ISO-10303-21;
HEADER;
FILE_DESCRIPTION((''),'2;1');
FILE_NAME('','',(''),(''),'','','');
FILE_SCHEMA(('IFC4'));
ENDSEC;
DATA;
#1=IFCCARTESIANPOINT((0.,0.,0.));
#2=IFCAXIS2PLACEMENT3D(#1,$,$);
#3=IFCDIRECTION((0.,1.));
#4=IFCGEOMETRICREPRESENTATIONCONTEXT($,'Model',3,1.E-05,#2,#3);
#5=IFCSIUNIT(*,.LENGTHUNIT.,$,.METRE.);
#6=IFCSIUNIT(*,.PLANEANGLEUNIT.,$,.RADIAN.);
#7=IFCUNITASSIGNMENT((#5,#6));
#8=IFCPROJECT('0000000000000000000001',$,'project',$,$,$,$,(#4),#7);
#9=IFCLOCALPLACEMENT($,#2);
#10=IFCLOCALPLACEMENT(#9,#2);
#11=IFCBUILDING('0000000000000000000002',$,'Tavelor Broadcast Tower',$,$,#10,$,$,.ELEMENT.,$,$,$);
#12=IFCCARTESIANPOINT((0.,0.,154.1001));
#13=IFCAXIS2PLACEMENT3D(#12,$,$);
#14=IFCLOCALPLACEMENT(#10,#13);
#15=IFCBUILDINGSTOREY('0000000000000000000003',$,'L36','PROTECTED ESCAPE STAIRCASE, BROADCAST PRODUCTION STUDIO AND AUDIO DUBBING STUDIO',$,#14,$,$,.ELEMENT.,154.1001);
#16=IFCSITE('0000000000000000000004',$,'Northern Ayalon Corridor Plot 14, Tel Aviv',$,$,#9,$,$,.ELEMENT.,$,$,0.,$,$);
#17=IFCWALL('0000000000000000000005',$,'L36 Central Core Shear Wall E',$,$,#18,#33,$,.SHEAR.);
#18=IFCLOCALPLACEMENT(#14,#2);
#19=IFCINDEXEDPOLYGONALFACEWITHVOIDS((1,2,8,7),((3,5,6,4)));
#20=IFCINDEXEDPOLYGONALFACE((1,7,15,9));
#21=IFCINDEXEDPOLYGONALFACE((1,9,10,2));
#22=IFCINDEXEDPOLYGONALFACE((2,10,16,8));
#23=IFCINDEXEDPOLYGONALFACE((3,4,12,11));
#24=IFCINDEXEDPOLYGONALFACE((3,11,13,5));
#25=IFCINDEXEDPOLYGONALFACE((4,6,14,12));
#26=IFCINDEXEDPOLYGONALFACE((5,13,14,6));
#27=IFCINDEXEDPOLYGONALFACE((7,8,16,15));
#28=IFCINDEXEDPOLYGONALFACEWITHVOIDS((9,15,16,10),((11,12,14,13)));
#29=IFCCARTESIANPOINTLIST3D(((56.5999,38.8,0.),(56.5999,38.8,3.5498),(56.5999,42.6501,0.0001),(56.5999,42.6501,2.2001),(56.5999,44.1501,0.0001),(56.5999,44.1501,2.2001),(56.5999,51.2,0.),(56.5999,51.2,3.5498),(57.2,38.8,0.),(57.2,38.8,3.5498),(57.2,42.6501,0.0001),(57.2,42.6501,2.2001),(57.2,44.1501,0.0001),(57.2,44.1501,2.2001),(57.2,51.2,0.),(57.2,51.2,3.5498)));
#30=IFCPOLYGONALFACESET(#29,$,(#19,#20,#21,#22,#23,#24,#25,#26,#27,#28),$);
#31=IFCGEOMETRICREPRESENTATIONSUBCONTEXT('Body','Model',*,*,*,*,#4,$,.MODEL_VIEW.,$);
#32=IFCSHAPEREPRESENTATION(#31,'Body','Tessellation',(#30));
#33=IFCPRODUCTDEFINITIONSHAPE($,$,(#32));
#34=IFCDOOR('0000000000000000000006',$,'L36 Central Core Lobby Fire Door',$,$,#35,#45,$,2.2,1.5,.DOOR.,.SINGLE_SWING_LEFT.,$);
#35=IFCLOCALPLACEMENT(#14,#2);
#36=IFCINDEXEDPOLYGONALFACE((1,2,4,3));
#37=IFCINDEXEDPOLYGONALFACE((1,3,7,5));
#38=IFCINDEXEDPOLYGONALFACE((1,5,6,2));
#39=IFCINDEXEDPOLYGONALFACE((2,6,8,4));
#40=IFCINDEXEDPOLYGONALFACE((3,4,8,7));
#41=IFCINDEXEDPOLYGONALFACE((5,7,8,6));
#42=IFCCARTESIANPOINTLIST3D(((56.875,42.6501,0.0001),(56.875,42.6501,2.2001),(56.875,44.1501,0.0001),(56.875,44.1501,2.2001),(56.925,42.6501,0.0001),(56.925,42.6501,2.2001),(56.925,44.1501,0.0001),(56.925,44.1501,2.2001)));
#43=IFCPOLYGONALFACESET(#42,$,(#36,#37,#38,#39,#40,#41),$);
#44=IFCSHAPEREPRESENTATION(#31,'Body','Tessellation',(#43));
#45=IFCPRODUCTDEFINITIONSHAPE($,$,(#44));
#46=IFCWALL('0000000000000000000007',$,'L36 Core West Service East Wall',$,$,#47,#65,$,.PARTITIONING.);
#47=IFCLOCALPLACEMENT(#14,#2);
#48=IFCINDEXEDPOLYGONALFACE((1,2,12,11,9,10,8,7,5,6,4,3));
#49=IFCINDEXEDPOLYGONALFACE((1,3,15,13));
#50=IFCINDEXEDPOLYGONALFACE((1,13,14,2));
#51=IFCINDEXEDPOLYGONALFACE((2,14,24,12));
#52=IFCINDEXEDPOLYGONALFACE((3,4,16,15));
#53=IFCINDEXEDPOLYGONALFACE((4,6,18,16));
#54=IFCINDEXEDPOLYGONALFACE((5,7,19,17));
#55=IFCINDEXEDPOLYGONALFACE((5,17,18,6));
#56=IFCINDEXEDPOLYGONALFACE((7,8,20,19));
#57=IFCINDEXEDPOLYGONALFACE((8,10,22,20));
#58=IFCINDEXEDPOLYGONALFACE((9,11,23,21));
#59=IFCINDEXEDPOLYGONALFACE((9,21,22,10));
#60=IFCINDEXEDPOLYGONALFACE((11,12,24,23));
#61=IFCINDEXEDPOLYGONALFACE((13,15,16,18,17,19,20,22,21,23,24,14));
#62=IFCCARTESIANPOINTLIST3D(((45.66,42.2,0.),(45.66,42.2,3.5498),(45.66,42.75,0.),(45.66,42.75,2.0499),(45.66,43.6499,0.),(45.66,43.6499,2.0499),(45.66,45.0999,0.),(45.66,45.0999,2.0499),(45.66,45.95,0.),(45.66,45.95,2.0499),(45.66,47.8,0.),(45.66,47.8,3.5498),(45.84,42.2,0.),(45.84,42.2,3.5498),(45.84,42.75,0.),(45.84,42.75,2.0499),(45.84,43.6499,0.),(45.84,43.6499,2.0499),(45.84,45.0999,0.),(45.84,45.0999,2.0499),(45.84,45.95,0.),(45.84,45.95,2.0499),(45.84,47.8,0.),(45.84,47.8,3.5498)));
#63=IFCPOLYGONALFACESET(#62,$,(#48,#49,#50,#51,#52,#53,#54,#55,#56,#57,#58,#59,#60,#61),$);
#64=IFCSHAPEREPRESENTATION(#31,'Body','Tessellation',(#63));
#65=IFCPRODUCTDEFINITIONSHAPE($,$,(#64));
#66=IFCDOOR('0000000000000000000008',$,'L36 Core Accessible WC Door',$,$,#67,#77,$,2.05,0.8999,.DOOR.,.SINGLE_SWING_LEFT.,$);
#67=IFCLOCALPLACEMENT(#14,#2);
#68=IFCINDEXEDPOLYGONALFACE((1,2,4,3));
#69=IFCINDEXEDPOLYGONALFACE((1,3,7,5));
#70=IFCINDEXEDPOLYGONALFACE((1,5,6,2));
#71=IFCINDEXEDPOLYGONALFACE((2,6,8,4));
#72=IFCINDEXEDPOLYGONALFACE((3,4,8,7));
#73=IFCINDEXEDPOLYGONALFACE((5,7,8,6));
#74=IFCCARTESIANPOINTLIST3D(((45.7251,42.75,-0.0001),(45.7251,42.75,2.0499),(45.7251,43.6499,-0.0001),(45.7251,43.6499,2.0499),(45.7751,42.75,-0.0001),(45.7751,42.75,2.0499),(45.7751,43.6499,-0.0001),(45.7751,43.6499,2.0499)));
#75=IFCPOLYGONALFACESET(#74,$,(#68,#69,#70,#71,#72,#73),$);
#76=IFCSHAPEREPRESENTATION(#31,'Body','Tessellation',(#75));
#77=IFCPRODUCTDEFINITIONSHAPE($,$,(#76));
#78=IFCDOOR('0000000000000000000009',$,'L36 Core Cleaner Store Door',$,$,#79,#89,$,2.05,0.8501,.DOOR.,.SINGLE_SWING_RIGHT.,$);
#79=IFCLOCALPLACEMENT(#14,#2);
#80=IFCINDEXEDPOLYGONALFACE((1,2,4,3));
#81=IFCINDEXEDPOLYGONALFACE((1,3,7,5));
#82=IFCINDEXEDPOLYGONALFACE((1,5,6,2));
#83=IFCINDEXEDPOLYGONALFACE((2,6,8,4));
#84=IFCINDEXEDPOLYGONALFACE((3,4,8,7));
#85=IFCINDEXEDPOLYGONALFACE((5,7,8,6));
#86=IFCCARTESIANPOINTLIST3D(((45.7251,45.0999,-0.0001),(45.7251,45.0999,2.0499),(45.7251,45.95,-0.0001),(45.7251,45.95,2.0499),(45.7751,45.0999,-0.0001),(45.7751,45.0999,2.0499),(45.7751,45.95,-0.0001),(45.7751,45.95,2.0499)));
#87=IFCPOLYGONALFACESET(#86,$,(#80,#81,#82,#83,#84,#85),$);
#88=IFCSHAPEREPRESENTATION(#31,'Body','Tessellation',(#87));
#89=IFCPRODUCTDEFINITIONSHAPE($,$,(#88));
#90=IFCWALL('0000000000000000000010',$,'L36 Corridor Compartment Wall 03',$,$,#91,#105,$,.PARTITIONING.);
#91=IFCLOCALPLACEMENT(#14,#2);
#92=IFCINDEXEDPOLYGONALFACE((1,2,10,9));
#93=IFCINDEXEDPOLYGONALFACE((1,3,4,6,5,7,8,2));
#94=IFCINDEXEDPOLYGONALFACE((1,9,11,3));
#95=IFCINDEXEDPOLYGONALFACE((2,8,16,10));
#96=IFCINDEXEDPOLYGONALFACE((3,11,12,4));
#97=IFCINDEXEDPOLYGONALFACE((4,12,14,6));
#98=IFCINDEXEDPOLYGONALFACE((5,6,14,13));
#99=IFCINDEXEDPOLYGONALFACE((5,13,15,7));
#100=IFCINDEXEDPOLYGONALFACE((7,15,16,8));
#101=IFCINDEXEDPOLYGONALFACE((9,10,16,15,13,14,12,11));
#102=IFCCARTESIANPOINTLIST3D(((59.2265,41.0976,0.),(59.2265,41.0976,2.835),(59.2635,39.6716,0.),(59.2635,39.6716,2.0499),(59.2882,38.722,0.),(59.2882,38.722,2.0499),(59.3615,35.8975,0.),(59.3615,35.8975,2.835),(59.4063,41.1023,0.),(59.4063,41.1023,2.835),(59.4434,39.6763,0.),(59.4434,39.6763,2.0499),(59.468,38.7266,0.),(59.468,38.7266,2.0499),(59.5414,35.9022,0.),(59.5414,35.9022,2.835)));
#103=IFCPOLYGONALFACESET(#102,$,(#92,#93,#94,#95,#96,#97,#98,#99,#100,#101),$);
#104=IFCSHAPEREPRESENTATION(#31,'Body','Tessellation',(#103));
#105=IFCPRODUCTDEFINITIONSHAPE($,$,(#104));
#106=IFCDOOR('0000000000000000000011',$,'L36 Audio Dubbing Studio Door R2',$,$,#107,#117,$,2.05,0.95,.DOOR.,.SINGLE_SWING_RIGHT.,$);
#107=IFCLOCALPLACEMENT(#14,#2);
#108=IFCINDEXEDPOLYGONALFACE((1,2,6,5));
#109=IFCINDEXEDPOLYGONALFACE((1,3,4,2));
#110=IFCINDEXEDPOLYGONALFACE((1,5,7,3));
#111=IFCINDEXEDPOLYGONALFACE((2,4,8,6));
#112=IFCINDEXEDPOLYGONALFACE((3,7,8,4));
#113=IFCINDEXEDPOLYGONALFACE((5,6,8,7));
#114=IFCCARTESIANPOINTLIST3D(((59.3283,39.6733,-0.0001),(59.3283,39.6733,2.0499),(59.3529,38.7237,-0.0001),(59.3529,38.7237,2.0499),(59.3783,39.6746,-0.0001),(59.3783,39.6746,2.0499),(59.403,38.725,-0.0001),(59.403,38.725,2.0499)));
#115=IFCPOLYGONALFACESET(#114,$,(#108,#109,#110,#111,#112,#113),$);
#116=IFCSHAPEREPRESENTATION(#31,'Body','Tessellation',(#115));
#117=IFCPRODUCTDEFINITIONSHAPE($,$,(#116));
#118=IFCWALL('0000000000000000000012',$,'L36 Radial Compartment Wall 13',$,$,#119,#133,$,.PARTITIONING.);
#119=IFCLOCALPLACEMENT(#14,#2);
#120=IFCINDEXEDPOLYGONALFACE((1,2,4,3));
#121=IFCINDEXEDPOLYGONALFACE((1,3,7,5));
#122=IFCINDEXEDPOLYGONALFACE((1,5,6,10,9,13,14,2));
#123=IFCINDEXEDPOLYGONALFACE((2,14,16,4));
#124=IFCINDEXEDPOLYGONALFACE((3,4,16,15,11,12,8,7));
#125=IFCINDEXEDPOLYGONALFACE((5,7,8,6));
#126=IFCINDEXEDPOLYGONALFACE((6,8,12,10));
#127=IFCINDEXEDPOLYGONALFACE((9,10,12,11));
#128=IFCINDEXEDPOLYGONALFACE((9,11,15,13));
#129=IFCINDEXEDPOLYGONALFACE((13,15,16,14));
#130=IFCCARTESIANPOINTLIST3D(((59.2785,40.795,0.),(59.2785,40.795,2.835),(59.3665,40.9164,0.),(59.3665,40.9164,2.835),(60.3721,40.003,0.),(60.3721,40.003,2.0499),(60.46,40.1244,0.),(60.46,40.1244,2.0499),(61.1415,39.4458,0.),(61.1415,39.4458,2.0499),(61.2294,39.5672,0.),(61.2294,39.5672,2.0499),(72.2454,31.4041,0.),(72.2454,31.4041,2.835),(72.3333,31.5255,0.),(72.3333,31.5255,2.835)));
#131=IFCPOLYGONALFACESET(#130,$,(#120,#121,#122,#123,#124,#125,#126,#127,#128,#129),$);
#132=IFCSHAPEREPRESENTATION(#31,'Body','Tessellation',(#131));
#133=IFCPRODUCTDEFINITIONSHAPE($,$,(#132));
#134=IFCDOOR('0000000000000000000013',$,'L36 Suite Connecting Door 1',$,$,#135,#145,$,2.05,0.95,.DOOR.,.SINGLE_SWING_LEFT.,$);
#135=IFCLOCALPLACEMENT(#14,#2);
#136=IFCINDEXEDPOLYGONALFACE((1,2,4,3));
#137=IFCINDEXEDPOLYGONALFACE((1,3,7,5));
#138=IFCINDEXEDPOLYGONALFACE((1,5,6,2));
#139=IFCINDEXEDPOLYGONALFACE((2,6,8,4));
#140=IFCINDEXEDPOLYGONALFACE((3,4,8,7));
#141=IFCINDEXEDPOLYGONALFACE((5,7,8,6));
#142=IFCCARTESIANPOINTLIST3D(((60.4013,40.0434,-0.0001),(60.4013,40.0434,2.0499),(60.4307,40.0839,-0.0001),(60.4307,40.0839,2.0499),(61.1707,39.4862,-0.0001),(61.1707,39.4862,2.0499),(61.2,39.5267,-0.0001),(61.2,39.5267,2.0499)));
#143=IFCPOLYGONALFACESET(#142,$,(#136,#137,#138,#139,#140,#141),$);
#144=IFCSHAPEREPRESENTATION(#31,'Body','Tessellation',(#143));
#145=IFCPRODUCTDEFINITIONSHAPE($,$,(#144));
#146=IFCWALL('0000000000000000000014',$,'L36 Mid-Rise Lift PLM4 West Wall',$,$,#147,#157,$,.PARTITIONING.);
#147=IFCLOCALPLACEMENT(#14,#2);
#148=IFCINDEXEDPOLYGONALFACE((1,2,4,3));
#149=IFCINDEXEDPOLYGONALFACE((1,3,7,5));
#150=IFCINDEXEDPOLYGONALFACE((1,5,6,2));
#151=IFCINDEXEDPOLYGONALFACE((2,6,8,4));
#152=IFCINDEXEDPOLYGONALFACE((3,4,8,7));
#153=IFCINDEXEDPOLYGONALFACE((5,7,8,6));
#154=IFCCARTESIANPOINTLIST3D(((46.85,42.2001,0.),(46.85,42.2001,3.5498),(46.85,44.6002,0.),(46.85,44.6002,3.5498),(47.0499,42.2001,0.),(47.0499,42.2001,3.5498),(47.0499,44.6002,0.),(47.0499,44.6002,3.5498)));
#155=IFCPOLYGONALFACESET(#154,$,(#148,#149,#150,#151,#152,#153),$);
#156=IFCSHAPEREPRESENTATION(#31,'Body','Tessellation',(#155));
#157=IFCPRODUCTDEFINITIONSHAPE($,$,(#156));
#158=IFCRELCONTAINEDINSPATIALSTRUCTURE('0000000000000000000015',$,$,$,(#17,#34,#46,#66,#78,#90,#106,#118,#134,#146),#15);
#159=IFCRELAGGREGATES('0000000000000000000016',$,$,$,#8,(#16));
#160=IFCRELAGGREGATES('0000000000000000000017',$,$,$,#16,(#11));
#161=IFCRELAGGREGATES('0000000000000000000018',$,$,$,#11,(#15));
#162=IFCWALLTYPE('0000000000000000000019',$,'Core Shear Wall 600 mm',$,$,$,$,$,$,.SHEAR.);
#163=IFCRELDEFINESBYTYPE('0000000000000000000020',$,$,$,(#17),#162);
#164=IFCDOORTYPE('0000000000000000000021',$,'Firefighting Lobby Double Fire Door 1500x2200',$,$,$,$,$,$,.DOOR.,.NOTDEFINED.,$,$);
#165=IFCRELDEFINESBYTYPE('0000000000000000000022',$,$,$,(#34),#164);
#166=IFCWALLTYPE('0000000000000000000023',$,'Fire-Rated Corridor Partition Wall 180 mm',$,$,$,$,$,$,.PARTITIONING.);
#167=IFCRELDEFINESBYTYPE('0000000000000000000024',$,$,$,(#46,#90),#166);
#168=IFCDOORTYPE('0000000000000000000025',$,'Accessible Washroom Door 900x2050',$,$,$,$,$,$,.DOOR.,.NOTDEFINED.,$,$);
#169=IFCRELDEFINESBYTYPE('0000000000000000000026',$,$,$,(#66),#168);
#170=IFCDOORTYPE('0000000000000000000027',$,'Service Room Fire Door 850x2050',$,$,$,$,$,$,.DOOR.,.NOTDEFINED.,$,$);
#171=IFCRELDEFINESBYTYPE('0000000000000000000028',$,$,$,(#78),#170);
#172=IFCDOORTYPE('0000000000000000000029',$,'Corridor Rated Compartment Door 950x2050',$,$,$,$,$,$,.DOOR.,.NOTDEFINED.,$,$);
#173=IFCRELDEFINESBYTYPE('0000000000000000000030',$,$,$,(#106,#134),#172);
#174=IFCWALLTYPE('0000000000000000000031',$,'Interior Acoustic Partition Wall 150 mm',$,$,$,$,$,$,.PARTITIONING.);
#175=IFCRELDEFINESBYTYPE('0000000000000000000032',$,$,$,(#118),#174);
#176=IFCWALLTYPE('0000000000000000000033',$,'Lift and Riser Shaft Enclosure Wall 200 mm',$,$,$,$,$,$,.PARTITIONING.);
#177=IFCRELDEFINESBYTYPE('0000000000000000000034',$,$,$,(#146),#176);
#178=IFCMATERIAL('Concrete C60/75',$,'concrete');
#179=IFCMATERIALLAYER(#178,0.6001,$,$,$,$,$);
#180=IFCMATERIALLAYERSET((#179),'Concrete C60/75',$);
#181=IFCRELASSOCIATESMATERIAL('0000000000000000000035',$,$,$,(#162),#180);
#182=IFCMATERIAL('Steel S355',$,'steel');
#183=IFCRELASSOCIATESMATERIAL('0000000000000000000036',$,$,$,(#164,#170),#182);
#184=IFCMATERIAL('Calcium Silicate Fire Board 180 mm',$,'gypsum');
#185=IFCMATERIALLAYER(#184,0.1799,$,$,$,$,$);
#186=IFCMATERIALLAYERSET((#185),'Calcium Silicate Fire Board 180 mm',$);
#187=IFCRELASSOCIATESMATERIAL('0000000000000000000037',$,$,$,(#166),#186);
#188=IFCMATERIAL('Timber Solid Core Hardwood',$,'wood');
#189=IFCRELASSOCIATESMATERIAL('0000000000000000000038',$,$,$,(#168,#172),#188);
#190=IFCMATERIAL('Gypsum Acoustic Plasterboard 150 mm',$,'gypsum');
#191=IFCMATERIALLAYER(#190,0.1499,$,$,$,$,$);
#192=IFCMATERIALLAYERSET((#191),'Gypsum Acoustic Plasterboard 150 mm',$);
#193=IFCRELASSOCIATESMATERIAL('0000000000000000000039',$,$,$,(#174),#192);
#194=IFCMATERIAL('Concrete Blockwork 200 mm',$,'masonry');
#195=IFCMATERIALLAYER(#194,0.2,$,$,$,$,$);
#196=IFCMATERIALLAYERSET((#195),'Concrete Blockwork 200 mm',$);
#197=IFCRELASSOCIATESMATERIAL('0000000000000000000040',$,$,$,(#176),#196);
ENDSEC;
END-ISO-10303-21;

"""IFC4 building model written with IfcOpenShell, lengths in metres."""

from ifc_helpers import new_model, si_unit, direction, frame, frame_2d, origin, place, context, subcontext, project, spatial, rectangle, extrude, material, layer, layer_set, type_object, element, fill, save


model = new_model("IFC4")

# Units and contexts
model_context = context("Model", 3, precision=1e-05, world=origin(), true_north=direction((0.0, 1.0)))
body_context = subcontext(model_context, "Body", "Model", "MODEL_VIEW")
ifc_project = project(units=[si_unit("LENGTHUNIT", "METRE"), si_unit("PLANEANGLEUNIT", "RADIAN")], contexts=[model_context])

# Site, building, storey
site_placement = place(None, origin())
site = spatial("IfcSite", under=ifc_project, at=site_placement, Name="Northern Ayalon Corridor Plot 14, Tel Aviv", CompositionType="ELEMENT", RefElevation=0.0)
building_placement = place(site_placement, origin())
building = spatial("IfcBuilding", under=site, at=building_placement, Name="Tavelor Broadcast Tower", CompositionType="ELEMENT")
storey_placement = place(building_placement, frame((0.0, 0.0, 154.1001)))
storey = spatial("IfcBuildingStorey", under=building, at=storey_placement, Name="L36", Description="PROTECTED ESCAPE STAIRCASE, BROADCAST PRODUCTION STUDIO AND AUDIO DUBBING STUDIO", CompositionType="ELEMENT", Elevation=154.1001)

# Shared definitions
ifc_material_1 = material(Name="Concrete C60/75", Category="concrete")

# Shared definitions
ifc_material_2 = material(Name="Steel S355", Category="steel")

# Wall, opening, door
ifc_layer_1 = layer(ifc_material_1, 0.6001)
ifc_layer_set_1 = layer_set([ifc_layer_1], Name="Concrete C60/75")
wall_type_1 = type_object("IfcWallType", Name="Core Shear Wall 600 mm", PredefinedType="SHEAR", material=ifc_layer_set_1)
wall_1_placement = place(storey_placement, frame((56.8999, 38.8, 0.0), z_axis=(0.0, 0.0, 1.0), x_axis=(0.0, 1.0, 0.0)))
wall_1 = element("IfcWall", 1, at=wall_1_placement, inside=storey, type_object=wall_type_1, Name="L36 Central Core Shear Wall E", PredefinedType="SHEAR", context=body_context, shape_type="SweptSolid", body=[
    extrude(rectangle(XDim=12.3999, YDim=0.6001, at=frame_2d((6.2, 0.0))), origin(), (0.0, 0.0, 1.0), 3.5498),
])
opening_1_placement = place(wall_1_placement, frame((3.8501, 0.0, 0.0)))
opening_1 = element("IfcOpeningElement", 2, at=opening_1_placement, cuts=wall_1, PredefinedType="OPENING", context=body_context, shape_type="SweptSolid", body=[
    extrude(rectangle(XDim=1.5, YDim=2.2, at=frame_2d((0.75, 1.1001))), frame((0.0, 0.3101, 0.0), z_axis=(0.0, -1.0, 0.0), x_axis=(1.0, 0.0, 0.0)), (0.0, 0.0, 1.0), 0.6201),
])
door_type_1 = type_object("IfcDoorType", Name="Firefighting Lobby Double Fire Door 1500x2200", OperationType="NOTDEFINED", PredefinedType="DOOR", material=ifc_material_2)
door_1_placement = place(opening_1_placement, origin())
door_1 = element("IfcDoor", 3, at=door_1_placement, inside=storey, type_object=door_type_1, Name="L36 Central Core Lobby Fire Door", OperationType="SINGLE_SWING_LEFT", OverallHeight=2.2, OverallWidth=1.5, PredefinedType="DOOR", context=body_context, shape_type="SweptSolid", body=[
    extrude(rectangle(XDim=1.5, YDim=2.2, at=frame_2d((0.75, 1.1001))), frame((0.0, 0.0249, 0.0), z_axis=(0.0, -1.0, 0.0), x_axis=(1.0, 0.0, 0.0)), (0.0, 0.0, 1.0), 0.05),
])
fill(opening_1, door_1)

# Wall, openings, doors
ifc_material_3 = material(Name="Calcium Silicate Fire Board 180 mm", Category="gypsum")
ifc_layer_2 = layer(ifc_material_3, 0.1799)
ifc_layer_set_2 = layer_set([ifc_layer_2], Name="Calcium Silicate Fire Board 180 mm")
wall_type_2 = type_object("IfcWallType", Name="Fire-Rated Corridor Partition Wall 180 mm", PredefinedType="PARTITIONING", material=ifc_layer_set_2)
wall_2_placement = place(storey_placement, frame((45.75, 42.2, 0.0), z_axis=(0.0, 0.0, 1.0), x_axis=(0.0, 1.0, 0.0)))
wall_2 = element("IfcWall", 4, at=wall_2_placement, inside=storey, type_object=wall_type_2, Name="L36 Core West Service East Wall", PredefinedType="PARTITIONING", context=body_context, shape_type="SweptSolid", body=[
    extrude(rectangle(XDim=5.6001, YDim=0.1799, at=frame_2d((2.8, 0.0))), origin(), (0.0, 0.0, 1.0), 3.5498),
])
opening_2_placement = place(wall_2_placement, frame((0.55, 0.0, 0.0)))
opening_2 = element("IfcOpeningElement", 5, at=opening_2_placement, cuts=wall_2, PredefinedType="OPENING", context=body_context, shape_type="SweptSolid", body=[
    extrude(rectangle(XDim=0.8999, YDim=2.05, at=frame_2d((0.45, 1.0249))), frame((0.0, 0.1001, 0.0), z_axis=(0.0, -1.0, 0.0), x_axis=(1.0, 0.0, 0.0)), (0.0, 0.0, 1.0), 0.2),
])
opening_3_placement = place(wall_2_placement, frame((2.8999, 0.0, 0.0)))
opening_3 = element("IfcOpeningElement", 6, at=opening_3_placement, cuts=wall_2, PredefinedType="OPENING", context=body_context, shape_type="SweptSolid", body=[
    extrude(rectangle(XDim=0.8501, YDim=2.05, at=frame_2d((0.425, 1.0249))), frame((0.0, 0.1001, 0.0), z_axis=(0.0, -1.0, 0.0), x_axis=(1.0, 0.0, 0.0)), (0.0, 0.0, 1.0), 0.2),
])
ifc_material_4 = material(Name="Timber Solid Core Hardwood", Category="wood")
door_type_2 = type_object("IfcDoorType", Name="Accessible Washroom Door 900x2050", OperationType="NOTDEFINED", PredefinedType="DOOR", material=ifc_material_4)
door_2_placement = place(opening_2_placement, origin())
door_2 = element("IfcDoor", 7, at=door_2_placement, inside=storey, type_object=door_type_2, Name="L36 Core Accessible WC Door", OperationType="SINGLE_SWING_LEFT", OverallHeight=2.05, OverallWidth=0.8999, PredefinedType="DOOR", context=body_context, shape_type="SweptSolid", body=[
    extrude(rectangle(XDim=0.8999, YDim=2.05, at=frame_2d((0.45, 1.0249))), frame((0.0, 0.0249, 0.0), z_axis=(0.0, -1.0, 0.0), x_axis=(1.0, 0.0, 0.0)), (0.0, 0.0, 1.0), 0.05),
])
fill(opening_2, door_2)
door_type_3 = type_object("IfcDoorType", Name="Service Room Fire Door 850x2050", OperationType="NOTDEFINED", PredefinedType="DOOR", material=ifc_material_2)
door_3_placement = place(opening_3_placement, origin())
door_3 = element("IfcDoor", 8, at=door_3_placement, inside=storey, type_object=door_type_3, Name="L36 Core Cleaner Store Door", OperationType="SINGLE_SWING_RIGHT", OverallHeight=2.05, OverallWidth=0.8501, PredefinedType="DOOR", context=body_context, shape_type="SweptSolid", body=[
    extrude(rectangle(XDim=0.8501, YDim=2.05, at=frame_2d((0.425, 1.0249))), frame((0.0, 0.0249, 0.0), z_axis=(0.0, -1.0, 0.0), x_axis=(1.0, 0.0, 0.0)), (0.0, 0.0, 1.0), 0.05),
])
fill(opening_3, door_3)

# Walls, openings, doors
wall_3_placement = place(storey_placement, frame((59.3164, 41.1001, 0.0), z_axis=(0.0, 0.0, 1.0), x_axis=(0.025954, -0.999663, 0.0)))
wall_3 = element("IfcWall", 9, at=wall_3_placement, inside=storey, type_object=wall_type_2, Name="L36 Corridor Compartment Wall 03", PredefinedType="PARTITIONING", context=body_context, shape_type="SweptSolid", body=[
    extrude(rectangle(XDim=5.2019, YDim=0.1799, at=frame_2d((2.6011, 0.0))), origin(), (0.0, 0.0, 1.0), 2.835),
])
opening_4_placement = place(wall_3_placement, frame((1.4265, 0.0, 0.0)))
opening_4 = element("IfcOpeningElement", 10, at=opening_4_placement, cuts=wall_3, PredefinedType="OPENING", context=body_context, shape_type="SweptSolid", body=[
    extrude(rectangle(XDim=0.95, YDim=2.05, at=frame_2d((0.4751, 1.0249))), frame((0.0, 0.1001, 0.0), z_axis=(0.0, -1.0, 0.0), x_axis=(1.0, 0.0, 0.0)), (0.0, 0.0, 1.0), 0.2),
])
door_type_4 = type_object("IfcDoorType", Name="Corridor Rated Compartment Door 950x2050", OperationType="NOTDEFINED", PredefinedType="DOOR", material=ifc_material_4)
door_4_placement = place(opening_4_placement, origin())
door_4 = element("IfcDoor", 11, at=door_4_placement, inside=storey, type_object=door_type_4, Name="L36 Audio Dubbing Studio Door R2", OperationType="SINGLE_SWING_RIGHT", OverallHeight=2.05, OverallWidth=0.95, PredefinedType="DOOR", context=body_context, shape_type="SweptSolid", body=[
    extrude(rectangle(XDim=0.95, YDim=2.05, at=frame_2d((0.4751, 1.0249))), frame((0.0, 0.0249, 0.0), z_axis=(0.0, -1.0, 0.0), x_axis=(1.0, 0.0, 0.0)), (0.0, 0.0, 1.0), 0.05),
])
fill(opening_4, door_4)
ifc_material_5 = material(Name="Gypsum Acoustic Plasterboard 150 mm", Category="gypsum")
ifc_layer_3 = layer(ifc_material_5, 0.1499)
ifc_layer_set_3 = layer_set([ifc_layer_3], Name="Gypsum Acoustic Plasterboard 150 mm")
wall_type_3 = type_object("IfcWallType", Name="Interior Acoustic Partition Wall 150 mm", PredefinedType="PARTITIONING", material=ifc_layer_set_3)
wall_4_placement = place(storey_placement, frame((59.3225, 40.8557, 0.0), z_axis=(0.0, 0.0, 1.0), x_axis=(0.809909, -0.586556, 0.0)))
wall_4 = element("IfcWall", 12, at=wall_4_placement, inside=storey, type_object=wall_type_3, Name="L36 Radial Compartment Wall 13", PredefinedType="PARTITIONING", context=body_context, shape_type="SweptSolid", body=[
    extrude(rectangle(XDim=16.0103, YDim=0.1499, at=frame_2d((8.0051, 0.0))), origin(), (0.0, 0.0, 1.0), 2.835),
])
opening_5_placement = place(wall_4_placement, frame((1.3501, 0.0, 0.0)))
opening_5 = element("IfcOpeningElement", 13, at=opening_5_placement, cuts=wall_4, PredefinedType="OPENING", context=body_context, shape_type="SweptSolid", body=[
    extrude(rectangle(XDim=0.95, YDim=2.05, at=frame_2d((0.4751, 1.0249))), frame((0.0, 0.085, 0.0), z_axis=(0.0, -1.0, 0.0), x_axis=(1.0, 0.0, 0.0)), (0.0, 0.0, 1.0), 0.1699),
])
door_5_placement = place(opening_5_placement, origin())
door_5 = element("IfcDoor", 14, at=door_5_placement, inside=storey, type_object=door_type_4, Name="L36 Suite Connecting Door 1", OperationType="SINGLE_SWING_LEFT", OverallHeight=2.05, OverallWidth=0.95, PredefinedType="DOOR", context=body_context, shape_type="SweptSolid", body=[
    extrude(rectangle(XDim=0.95, YDim=2.05, at=frame_2d((0.4751, 1.0249))), frame((0.0, 0.0249, 0.0), z_axis=(0.0, -1.0, 0.0), x_axis=(1.0, 0.0, 0.0)), (0.0, 0.0, 1.0), 0.05),
])
fill(opening_5, door_5)
ifc_material_6 = material(Name="Concrete Blockwork 200 mm", Category="masonry")

# Wall
ifc_layer_4 = layer(ifc_material_6, 0.2)
ifc_layer_set_4 = layer_set([ifc_layer_4], Name="Concrete Blockwork 200 mm")
wall_type_4 = type_object("IfcWallType", Name="Lift and Riser Shaft Enclosure Wall 200 mm", PredefinedType="PARTITIONING", material=ifc_layer_set_4)
wall_5_placement = place(storey_placement, frame((46.95, 42.2, 0.0), z_axis=(0.0, 0.0, 1.0), x_axis=(0.0, 1.0, 0.0)))
element("IfcWall", 15, at=wall_5_placement, inside=storey, type_object=wall_type_4, Name="L36 Mid-Rise Lift PLM4 West Wall", PredefinedType="PARTITIONING", context=body_context, shape_type="SweptSolid", body=[
    extrude(rectangle(XDim=2.4001, YDim=0.2, at=frame_2d((1.2002, 0.0))), origin(), (0.0, 0.0, 1.0), 3.5498),
])

save(model, "model.ifc")
